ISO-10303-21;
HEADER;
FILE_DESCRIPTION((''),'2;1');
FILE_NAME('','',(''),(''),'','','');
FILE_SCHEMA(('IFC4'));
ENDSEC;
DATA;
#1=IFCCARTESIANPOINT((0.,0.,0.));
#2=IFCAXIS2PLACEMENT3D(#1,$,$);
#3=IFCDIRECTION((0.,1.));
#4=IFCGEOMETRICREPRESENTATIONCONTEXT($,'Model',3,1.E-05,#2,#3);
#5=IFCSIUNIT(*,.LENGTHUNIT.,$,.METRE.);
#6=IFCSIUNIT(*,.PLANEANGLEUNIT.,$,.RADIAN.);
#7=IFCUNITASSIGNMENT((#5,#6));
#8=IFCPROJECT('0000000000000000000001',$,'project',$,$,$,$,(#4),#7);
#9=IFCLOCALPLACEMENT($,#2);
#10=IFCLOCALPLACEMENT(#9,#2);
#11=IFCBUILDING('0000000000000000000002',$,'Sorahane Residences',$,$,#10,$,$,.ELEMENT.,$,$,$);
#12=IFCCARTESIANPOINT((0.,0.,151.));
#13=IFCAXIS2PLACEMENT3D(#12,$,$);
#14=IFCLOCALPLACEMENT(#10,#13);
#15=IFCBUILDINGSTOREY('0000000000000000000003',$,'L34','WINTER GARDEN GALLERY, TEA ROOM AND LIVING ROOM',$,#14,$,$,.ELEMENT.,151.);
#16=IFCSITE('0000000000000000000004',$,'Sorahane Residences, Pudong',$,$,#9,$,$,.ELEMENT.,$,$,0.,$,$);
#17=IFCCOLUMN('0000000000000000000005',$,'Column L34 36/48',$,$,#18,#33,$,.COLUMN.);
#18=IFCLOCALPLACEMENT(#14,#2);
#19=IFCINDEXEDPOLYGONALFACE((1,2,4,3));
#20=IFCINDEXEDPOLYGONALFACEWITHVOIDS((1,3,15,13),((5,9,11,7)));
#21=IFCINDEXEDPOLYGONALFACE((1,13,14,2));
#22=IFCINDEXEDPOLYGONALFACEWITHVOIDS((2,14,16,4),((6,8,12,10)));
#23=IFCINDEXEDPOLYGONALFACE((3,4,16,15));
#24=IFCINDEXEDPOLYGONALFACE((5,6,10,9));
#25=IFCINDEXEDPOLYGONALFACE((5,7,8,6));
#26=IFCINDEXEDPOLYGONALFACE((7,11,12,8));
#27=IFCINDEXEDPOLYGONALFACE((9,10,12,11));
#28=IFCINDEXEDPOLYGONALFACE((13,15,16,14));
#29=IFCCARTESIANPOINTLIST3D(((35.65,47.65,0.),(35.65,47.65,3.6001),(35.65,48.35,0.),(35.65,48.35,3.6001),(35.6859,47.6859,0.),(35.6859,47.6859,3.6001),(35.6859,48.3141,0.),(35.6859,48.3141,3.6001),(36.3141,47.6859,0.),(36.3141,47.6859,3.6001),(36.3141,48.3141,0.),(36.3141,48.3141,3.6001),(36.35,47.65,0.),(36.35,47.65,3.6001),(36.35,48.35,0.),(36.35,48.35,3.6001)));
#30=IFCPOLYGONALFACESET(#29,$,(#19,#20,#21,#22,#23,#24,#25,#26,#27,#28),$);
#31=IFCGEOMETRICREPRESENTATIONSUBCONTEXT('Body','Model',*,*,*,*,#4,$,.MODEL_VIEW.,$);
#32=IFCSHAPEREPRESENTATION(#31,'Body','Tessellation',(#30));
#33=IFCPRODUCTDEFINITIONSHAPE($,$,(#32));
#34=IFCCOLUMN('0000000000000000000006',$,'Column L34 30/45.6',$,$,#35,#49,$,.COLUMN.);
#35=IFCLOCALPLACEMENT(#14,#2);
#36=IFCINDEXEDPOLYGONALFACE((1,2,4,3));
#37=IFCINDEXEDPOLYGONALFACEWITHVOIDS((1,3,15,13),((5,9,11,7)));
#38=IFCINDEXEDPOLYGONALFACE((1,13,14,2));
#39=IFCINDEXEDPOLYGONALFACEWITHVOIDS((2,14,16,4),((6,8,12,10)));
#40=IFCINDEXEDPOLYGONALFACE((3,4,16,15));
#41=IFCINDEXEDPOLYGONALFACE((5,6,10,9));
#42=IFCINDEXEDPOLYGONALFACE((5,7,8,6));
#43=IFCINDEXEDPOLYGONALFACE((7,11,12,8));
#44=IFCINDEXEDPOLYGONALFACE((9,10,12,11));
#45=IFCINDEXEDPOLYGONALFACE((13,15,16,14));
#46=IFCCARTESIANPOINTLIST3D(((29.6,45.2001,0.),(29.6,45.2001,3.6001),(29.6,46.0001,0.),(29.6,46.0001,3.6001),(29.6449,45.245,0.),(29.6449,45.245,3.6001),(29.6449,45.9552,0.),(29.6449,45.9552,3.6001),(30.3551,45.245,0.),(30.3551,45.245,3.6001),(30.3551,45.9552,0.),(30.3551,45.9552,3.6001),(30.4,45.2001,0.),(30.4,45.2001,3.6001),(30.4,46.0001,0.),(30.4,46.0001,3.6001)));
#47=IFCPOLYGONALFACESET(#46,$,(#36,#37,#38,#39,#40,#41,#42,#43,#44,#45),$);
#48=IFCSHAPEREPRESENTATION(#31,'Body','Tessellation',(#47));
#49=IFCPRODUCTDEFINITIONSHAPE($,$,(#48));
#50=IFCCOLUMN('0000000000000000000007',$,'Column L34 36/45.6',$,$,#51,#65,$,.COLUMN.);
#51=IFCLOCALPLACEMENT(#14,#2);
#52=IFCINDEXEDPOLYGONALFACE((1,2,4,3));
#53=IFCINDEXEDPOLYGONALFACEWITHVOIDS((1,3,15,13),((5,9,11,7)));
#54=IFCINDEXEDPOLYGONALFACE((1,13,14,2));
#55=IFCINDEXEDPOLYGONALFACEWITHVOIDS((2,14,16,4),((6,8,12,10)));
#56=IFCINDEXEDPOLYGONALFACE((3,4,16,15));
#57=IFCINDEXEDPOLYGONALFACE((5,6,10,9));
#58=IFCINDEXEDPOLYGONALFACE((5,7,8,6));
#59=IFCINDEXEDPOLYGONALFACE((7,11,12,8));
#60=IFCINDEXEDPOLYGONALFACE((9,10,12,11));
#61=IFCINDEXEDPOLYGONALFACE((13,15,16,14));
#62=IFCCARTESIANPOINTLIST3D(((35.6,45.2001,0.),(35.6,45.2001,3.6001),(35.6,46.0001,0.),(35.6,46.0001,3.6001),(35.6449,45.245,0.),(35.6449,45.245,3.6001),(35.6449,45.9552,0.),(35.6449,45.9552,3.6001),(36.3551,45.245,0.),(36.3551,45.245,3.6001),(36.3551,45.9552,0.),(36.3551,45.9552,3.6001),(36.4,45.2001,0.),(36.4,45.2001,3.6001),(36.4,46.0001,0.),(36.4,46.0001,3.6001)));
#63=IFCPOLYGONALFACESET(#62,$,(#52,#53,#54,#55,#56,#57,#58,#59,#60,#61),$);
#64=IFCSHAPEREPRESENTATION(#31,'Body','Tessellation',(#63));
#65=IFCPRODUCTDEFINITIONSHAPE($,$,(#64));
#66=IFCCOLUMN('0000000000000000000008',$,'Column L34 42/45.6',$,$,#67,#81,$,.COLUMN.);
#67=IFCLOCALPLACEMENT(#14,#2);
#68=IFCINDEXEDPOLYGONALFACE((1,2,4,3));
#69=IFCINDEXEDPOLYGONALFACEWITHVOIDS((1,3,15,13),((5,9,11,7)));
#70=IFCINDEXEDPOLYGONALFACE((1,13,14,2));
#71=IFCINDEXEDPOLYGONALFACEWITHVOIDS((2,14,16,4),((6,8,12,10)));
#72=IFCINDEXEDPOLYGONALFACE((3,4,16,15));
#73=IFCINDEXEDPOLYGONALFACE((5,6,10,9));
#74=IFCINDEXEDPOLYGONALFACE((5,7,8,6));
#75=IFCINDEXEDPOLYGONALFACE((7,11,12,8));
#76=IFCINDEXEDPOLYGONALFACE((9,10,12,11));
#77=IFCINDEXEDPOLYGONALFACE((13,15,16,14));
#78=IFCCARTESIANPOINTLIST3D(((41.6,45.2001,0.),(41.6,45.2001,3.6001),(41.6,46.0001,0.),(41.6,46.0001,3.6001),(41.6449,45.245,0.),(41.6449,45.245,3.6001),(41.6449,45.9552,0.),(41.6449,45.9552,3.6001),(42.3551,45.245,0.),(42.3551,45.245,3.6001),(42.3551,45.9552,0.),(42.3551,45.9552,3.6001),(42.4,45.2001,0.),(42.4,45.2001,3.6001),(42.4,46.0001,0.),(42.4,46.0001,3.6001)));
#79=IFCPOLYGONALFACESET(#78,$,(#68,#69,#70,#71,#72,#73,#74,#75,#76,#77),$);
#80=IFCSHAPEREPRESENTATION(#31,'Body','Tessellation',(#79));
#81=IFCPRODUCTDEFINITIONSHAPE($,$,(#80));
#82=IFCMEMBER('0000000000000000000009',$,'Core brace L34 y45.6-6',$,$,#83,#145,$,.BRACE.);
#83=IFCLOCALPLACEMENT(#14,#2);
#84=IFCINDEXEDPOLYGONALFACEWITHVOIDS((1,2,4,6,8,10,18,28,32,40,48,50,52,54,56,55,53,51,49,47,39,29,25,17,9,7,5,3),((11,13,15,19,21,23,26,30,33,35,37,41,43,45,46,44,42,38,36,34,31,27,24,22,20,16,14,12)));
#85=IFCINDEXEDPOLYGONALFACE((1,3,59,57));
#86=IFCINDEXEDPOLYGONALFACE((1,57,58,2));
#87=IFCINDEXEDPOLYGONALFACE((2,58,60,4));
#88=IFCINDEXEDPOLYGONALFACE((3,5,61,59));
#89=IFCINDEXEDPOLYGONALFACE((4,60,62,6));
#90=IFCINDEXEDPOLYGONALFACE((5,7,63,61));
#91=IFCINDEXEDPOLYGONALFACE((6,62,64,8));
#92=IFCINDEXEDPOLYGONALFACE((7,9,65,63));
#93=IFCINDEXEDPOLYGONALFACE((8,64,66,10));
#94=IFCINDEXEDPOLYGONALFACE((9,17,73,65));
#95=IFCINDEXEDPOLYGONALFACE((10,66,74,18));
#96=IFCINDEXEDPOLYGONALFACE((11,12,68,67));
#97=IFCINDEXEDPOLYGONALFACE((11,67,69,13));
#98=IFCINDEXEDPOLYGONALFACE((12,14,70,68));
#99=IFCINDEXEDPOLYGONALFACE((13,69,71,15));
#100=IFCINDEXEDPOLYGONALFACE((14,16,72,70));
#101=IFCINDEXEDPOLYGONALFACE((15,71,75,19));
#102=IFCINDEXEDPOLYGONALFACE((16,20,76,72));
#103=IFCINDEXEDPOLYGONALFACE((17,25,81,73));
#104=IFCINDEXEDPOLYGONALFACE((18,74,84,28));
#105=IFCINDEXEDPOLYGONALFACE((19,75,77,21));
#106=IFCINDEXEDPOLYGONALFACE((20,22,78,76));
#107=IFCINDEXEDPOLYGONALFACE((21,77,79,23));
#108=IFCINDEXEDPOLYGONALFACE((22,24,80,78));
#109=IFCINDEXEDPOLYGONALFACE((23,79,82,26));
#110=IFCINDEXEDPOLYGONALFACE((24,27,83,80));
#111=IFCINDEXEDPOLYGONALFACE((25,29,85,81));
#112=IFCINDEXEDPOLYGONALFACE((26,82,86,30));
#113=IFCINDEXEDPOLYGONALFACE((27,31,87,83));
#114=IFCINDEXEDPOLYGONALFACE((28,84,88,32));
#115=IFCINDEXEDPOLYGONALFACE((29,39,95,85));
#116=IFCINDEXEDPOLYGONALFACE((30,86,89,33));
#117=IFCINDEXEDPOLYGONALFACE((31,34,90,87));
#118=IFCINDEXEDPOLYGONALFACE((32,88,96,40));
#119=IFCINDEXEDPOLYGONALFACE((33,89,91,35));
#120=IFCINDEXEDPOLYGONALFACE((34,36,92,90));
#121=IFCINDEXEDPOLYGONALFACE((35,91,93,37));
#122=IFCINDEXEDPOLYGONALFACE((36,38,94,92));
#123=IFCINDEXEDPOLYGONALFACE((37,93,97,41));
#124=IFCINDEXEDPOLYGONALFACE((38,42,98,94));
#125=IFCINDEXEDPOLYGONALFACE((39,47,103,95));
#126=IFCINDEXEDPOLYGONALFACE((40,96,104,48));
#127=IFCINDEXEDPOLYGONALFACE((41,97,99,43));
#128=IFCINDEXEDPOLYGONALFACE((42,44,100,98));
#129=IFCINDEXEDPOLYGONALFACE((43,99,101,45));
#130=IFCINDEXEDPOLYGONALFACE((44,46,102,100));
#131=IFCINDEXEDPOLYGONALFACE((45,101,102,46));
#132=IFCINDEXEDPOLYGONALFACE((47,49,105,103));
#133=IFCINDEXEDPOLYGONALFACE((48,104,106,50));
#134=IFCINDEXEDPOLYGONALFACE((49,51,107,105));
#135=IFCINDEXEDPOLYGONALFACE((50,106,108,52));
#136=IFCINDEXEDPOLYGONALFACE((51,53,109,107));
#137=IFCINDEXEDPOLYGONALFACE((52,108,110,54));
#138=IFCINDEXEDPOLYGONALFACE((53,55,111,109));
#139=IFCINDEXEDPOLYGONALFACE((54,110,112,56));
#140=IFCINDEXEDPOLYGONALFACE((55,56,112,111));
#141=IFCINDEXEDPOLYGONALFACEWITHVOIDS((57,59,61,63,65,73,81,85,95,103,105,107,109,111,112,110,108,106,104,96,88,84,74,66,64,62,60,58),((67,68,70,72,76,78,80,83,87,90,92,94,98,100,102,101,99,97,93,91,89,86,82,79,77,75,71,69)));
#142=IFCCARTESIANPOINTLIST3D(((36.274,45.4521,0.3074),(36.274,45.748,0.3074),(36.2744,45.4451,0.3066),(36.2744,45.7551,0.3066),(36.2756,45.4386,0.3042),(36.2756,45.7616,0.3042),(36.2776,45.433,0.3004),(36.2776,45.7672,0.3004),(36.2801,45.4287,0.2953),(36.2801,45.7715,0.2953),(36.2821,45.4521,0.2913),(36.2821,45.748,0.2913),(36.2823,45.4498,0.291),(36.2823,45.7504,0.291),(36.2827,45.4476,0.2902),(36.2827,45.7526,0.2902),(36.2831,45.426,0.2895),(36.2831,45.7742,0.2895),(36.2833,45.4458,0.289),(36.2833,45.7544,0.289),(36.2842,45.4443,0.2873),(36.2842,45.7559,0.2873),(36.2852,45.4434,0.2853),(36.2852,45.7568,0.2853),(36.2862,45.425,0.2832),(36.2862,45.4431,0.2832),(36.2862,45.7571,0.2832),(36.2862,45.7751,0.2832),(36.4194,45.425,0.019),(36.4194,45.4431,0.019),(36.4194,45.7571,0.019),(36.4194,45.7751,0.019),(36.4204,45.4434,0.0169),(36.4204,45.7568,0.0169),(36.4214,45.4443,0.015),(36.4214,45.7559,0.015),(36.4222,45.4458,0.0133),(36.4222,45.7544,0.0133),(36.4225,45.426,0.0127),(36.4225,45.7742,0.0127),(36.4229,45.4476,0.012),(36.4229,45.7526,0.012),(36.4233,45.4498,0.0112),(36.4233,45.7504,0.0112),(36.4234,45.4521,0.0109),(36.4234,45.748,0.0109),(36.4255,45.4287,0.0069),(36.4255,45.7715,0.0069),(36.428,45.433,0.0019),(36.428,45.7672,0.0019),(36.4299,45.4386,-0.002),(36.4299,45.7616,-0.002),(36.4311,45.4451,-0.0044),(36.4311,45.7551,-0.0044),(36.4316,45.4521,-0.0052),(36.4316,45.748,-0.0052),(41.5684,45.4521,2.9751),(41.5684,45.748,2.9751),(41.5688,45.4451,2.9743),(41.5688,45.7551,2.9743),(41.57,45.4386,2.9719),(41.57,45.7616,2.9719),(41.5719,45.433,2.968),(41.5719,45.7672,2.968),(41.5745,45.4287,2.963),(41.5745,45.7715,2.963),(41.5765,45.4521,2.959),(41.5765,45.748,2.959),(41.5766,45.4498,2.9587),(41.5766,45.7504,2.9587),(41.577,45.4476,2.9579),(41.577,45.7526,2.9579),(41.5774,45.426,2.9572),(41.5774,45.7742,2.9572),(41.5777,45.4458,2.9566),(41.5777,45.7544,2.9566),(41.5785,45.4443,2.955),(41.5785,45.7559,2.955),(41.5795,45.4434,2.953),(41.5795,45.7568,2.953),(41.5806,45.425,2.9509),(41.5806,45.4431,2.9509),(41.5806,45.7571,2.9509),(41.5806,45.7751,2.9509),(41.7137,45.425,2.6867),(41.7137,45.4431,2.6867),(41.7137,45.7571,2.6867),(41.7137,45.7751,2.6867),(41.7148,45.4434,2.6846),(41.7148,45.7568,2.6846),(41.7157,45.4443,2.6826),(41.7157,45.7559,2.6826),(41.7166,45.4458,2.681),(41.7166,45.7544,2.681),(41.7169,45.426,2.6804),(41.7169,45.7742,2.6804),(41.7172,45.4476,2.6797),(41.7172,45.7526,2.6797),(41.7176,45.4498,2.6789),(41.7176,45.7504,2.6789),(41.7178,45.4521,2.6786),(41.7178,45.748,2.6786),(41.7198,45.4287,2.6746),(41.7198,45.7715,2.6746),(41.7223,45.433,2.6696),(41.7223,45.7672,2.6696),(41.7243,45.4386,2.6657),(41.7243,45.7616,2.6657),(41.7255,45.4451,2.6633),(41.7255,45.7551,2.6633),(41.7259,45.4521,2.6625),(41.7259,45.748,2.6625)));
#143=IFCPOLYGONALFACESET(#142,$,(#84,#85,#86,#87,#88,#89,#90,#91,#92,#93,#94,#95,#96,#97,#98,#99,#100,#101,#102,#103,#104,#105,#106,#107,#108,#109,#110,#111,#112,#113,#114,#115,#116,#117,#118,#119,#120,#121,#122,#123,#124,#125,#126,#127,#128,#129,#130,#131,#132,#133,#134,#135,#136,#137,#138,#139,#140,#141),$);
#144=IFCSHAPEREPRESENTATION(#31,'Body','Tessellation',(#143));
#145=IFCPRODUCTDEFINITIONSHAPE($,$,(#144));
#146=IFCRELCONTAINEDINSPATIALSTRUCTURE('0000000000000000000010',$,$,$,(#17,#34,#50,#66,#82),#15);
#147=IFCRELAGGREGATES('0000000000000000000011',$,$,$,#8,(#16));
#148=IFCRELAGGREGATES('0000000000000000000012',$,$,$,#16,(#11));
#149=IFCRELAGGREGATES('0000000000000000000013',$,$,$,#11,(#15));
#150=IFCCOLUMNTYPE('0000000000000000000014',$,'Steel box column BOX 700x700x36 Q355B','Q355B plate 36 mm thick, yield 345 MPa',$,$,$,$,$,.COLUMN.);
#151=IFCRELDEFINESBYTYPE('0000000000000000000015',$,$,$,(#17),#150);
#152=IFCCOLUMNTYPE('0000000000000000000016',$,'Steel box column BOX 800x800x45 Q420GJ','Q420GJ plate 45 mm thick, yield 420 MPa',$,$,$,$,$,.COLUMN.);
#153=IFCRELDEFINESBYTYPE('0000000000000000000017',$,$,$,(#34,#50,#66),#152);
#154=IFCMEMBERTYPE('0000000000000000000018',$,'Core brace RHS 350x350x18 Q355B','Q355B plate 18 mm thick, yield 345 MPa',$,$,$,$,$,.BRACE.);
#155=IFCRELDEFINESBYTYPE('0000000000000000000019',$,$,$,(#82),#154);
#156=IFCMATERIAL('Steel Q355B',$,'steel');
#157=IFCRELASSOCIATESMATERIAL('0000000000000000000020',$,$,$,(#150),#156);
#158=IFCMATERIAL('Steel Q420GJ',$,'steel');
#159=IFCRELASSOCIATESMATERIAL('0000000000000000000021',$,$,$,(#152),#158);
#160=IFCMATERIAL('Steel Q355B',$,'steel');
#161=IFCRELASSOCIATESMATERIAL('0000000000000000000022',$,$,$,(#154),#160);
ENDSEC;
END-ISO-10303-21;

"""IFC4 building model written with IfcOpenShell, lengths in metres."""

from ifc_helpers import new_model, si_unit, direction, frame, origin, origin_2d, place, context, subcontext, project, spatial, hollow_rectangle, extrude, material, material_profile, profile_set, type_object, element, save


model = new_model("IFC4")

# Units and contexts
model_context = context("Model", 3, precision=1e-05, world=origin(), true_north=direction((0.0, 1.0)))
body_context = subcontext(model_context, "Body", "Model", "MODEL_VIEW")
ifc_project = project(units=[si_unit("LENGTHUNIT", "METRE"), si_unit("PLANEANGLEUNIT", "RADIAN")], contexts=[model_context])

# Site, building, storey
site_placement = place(None, origin())
site = spatial("IfcSite", under=ifc_project, at=site_placement, Name="Sorahane Residences, Pudong", CompositionType="ELEMENT", RefElevation=0.0)
building_placement = place(site_placement, origin())
building = spatial("IfcBuilding", under=site, at=building_placement, Name="Sorahane Residences", CompositionType="ELEMENT")
storey_placement = place(building_placement, frame((0.0, 0.0, 151.0)))
storey = spatial("IfcBuildingStorey", under=building, at=storey_placement, Name="L34", Description="WINTER GARDEN GALLERY, TEA ROOM AND LIVING ROOM", CompositionType="ELEMENT", Elevation=151.0)

# Columns
ifc_material_1 = material(Name="Steel Q355B", Category="steel")
ifc_material_profile_1 = material_profile(ifc_material_1, hollow_rectangle(XDim=0.7, YDim=0.7, WallThickness=0.0359, at=origin_2d()), Name="BOX 700x700x36")
ifc_profile_set_1 = profile_set([ifc_material_profile_1], Name="Steel Q355B")
column_type_1 = type_object("IfcColumnType", Name="Steel box column BOX 700x700x36 Q355B", Description="Q355B plate 36 mm thick, yield 345 MPa", PredefinedType="COLUMN", material=ifc_profile_set_1)
column_placement = place(storey_placement, frame((36.0, 48.0, 0.0), z_axis=(0.0, 0.0, 1.0), x_axis=(1.0, 0.0, 0.0)))
element("IfcColumn", 1, at=column_placement, inside=storey, type_object=column_type_1, Name="Column L34 36/48", PredefinedType="COLUMN", context=body_context, shape_type="SweptSolid", body=[
    extrude(hollow_rectangle(XDim=0.7, YDim=0.7, WallThickness=0.0359, at=origin_2d()), origin(), (0.0, 0.0, 1.0), 3.6001),
])
ifc_material_2 = material(Name="Steel Q420GJ", Category="steel")
ifc_material_profile_2 = material_profile(ifc_material_2, hollow_rectangle(XDim=0.8, YDim=0.8, WallThickness=0.0449, at=origin_2d()), Name="BOX 800x800x45")
ifc_profile_set_2 = profile_set([ifc_material_profile_2], Name="Steel Q420GJ")
column_type_2 = type_object("IfcColumnType", Name="Steel box column BOX 800x800x45 Q420GJ", Description="Q420GJ plate 45 mm thick, yield 420 MPa", PredefinedType="COLUMN", material=ifc_profile_set_2)
for number, where, z_axis, x_axis, name in (
    (2, (30.0, 45.6001, 0.0), (0.0, 0.0, 1.0), (1.0, 0.0, 0.0), "Column L34 30/45.6"),
    (3, (36.0, 45.6001, 0.0), (0.0, 0.0, 1.0), (1.0, 0.0, 0.0), "Column L34 36/45.6"),
    (4, (42.0, 45.6001, 0.0), (0.0, 0.0, 1.0), (1.0, 0.0, 0.0), "Column L34 42/45.6"),
):
    element("IfcColumn", number, at=place(storey_placement, frame(where, z_axis=z_axis, x_axis=x_axis)), inside=storey, type_object=column_type_2, Name=name, PredefinedType="COLUMN", context=body_context, shape_type="SweptSolid", body=[
        extrude(hollow_rectangle(XDim=0.8, YDim=0.8, WallThickness=0.0449, at=origin_2d()), origin(), (0.0, 0.0, 1.0), 3.6001),
    ])

# Member
ifc_material_3 = material(Name="Steel Q355B", Category="steel")
ifc_material_profile_3 = material_profile(ifc_material_3, hollow_rectangle(XDim=0.3501, YDim=0.3501, WallThickness=0.0181, InnerFilletRadius=0.009, OuterFilletRadius=0.0271, at=origin_2d()), Name="RHS 350x350x18")
ifc_profile_set_3 = profile_set([ifc_material_profile_3], Name="Steel Q355B")
member_type_1 = type_object("IfcMemberType", Name="Core brace RHS 350x350x18 Q355B", Description="Q355B plate 18 mm thick, yield 345 MPa", PredefinedType="BRACE", material=ifc_profile_set_3)
member_1_placement = place(storey_placement, frame((36.3528, 45.6001, 0.1511), z_axis=(0.893039, 0.0, 0.449979), x_axis=(0.0, 1.0, 0.0)))
element("IfcMember", 5, at=member_1_placement, inside=storey, type_object=member_type_1, Name="Core brace L34 y45.6-6", PredefinedType="BRACE", context=body_context, shape_type="SweptSolid", body=[
    extrude(hollow_rectangle(XDim=0.3501, YDim=0.3501, WallThickness=0.0181, InnerFilletRadius=0.009, OuterFilletRadius=0.0271, at=origin_2d()), origin(), (0.0, 0.0, 1.0), 5.9285),
])

save(model, "model.ifc")
